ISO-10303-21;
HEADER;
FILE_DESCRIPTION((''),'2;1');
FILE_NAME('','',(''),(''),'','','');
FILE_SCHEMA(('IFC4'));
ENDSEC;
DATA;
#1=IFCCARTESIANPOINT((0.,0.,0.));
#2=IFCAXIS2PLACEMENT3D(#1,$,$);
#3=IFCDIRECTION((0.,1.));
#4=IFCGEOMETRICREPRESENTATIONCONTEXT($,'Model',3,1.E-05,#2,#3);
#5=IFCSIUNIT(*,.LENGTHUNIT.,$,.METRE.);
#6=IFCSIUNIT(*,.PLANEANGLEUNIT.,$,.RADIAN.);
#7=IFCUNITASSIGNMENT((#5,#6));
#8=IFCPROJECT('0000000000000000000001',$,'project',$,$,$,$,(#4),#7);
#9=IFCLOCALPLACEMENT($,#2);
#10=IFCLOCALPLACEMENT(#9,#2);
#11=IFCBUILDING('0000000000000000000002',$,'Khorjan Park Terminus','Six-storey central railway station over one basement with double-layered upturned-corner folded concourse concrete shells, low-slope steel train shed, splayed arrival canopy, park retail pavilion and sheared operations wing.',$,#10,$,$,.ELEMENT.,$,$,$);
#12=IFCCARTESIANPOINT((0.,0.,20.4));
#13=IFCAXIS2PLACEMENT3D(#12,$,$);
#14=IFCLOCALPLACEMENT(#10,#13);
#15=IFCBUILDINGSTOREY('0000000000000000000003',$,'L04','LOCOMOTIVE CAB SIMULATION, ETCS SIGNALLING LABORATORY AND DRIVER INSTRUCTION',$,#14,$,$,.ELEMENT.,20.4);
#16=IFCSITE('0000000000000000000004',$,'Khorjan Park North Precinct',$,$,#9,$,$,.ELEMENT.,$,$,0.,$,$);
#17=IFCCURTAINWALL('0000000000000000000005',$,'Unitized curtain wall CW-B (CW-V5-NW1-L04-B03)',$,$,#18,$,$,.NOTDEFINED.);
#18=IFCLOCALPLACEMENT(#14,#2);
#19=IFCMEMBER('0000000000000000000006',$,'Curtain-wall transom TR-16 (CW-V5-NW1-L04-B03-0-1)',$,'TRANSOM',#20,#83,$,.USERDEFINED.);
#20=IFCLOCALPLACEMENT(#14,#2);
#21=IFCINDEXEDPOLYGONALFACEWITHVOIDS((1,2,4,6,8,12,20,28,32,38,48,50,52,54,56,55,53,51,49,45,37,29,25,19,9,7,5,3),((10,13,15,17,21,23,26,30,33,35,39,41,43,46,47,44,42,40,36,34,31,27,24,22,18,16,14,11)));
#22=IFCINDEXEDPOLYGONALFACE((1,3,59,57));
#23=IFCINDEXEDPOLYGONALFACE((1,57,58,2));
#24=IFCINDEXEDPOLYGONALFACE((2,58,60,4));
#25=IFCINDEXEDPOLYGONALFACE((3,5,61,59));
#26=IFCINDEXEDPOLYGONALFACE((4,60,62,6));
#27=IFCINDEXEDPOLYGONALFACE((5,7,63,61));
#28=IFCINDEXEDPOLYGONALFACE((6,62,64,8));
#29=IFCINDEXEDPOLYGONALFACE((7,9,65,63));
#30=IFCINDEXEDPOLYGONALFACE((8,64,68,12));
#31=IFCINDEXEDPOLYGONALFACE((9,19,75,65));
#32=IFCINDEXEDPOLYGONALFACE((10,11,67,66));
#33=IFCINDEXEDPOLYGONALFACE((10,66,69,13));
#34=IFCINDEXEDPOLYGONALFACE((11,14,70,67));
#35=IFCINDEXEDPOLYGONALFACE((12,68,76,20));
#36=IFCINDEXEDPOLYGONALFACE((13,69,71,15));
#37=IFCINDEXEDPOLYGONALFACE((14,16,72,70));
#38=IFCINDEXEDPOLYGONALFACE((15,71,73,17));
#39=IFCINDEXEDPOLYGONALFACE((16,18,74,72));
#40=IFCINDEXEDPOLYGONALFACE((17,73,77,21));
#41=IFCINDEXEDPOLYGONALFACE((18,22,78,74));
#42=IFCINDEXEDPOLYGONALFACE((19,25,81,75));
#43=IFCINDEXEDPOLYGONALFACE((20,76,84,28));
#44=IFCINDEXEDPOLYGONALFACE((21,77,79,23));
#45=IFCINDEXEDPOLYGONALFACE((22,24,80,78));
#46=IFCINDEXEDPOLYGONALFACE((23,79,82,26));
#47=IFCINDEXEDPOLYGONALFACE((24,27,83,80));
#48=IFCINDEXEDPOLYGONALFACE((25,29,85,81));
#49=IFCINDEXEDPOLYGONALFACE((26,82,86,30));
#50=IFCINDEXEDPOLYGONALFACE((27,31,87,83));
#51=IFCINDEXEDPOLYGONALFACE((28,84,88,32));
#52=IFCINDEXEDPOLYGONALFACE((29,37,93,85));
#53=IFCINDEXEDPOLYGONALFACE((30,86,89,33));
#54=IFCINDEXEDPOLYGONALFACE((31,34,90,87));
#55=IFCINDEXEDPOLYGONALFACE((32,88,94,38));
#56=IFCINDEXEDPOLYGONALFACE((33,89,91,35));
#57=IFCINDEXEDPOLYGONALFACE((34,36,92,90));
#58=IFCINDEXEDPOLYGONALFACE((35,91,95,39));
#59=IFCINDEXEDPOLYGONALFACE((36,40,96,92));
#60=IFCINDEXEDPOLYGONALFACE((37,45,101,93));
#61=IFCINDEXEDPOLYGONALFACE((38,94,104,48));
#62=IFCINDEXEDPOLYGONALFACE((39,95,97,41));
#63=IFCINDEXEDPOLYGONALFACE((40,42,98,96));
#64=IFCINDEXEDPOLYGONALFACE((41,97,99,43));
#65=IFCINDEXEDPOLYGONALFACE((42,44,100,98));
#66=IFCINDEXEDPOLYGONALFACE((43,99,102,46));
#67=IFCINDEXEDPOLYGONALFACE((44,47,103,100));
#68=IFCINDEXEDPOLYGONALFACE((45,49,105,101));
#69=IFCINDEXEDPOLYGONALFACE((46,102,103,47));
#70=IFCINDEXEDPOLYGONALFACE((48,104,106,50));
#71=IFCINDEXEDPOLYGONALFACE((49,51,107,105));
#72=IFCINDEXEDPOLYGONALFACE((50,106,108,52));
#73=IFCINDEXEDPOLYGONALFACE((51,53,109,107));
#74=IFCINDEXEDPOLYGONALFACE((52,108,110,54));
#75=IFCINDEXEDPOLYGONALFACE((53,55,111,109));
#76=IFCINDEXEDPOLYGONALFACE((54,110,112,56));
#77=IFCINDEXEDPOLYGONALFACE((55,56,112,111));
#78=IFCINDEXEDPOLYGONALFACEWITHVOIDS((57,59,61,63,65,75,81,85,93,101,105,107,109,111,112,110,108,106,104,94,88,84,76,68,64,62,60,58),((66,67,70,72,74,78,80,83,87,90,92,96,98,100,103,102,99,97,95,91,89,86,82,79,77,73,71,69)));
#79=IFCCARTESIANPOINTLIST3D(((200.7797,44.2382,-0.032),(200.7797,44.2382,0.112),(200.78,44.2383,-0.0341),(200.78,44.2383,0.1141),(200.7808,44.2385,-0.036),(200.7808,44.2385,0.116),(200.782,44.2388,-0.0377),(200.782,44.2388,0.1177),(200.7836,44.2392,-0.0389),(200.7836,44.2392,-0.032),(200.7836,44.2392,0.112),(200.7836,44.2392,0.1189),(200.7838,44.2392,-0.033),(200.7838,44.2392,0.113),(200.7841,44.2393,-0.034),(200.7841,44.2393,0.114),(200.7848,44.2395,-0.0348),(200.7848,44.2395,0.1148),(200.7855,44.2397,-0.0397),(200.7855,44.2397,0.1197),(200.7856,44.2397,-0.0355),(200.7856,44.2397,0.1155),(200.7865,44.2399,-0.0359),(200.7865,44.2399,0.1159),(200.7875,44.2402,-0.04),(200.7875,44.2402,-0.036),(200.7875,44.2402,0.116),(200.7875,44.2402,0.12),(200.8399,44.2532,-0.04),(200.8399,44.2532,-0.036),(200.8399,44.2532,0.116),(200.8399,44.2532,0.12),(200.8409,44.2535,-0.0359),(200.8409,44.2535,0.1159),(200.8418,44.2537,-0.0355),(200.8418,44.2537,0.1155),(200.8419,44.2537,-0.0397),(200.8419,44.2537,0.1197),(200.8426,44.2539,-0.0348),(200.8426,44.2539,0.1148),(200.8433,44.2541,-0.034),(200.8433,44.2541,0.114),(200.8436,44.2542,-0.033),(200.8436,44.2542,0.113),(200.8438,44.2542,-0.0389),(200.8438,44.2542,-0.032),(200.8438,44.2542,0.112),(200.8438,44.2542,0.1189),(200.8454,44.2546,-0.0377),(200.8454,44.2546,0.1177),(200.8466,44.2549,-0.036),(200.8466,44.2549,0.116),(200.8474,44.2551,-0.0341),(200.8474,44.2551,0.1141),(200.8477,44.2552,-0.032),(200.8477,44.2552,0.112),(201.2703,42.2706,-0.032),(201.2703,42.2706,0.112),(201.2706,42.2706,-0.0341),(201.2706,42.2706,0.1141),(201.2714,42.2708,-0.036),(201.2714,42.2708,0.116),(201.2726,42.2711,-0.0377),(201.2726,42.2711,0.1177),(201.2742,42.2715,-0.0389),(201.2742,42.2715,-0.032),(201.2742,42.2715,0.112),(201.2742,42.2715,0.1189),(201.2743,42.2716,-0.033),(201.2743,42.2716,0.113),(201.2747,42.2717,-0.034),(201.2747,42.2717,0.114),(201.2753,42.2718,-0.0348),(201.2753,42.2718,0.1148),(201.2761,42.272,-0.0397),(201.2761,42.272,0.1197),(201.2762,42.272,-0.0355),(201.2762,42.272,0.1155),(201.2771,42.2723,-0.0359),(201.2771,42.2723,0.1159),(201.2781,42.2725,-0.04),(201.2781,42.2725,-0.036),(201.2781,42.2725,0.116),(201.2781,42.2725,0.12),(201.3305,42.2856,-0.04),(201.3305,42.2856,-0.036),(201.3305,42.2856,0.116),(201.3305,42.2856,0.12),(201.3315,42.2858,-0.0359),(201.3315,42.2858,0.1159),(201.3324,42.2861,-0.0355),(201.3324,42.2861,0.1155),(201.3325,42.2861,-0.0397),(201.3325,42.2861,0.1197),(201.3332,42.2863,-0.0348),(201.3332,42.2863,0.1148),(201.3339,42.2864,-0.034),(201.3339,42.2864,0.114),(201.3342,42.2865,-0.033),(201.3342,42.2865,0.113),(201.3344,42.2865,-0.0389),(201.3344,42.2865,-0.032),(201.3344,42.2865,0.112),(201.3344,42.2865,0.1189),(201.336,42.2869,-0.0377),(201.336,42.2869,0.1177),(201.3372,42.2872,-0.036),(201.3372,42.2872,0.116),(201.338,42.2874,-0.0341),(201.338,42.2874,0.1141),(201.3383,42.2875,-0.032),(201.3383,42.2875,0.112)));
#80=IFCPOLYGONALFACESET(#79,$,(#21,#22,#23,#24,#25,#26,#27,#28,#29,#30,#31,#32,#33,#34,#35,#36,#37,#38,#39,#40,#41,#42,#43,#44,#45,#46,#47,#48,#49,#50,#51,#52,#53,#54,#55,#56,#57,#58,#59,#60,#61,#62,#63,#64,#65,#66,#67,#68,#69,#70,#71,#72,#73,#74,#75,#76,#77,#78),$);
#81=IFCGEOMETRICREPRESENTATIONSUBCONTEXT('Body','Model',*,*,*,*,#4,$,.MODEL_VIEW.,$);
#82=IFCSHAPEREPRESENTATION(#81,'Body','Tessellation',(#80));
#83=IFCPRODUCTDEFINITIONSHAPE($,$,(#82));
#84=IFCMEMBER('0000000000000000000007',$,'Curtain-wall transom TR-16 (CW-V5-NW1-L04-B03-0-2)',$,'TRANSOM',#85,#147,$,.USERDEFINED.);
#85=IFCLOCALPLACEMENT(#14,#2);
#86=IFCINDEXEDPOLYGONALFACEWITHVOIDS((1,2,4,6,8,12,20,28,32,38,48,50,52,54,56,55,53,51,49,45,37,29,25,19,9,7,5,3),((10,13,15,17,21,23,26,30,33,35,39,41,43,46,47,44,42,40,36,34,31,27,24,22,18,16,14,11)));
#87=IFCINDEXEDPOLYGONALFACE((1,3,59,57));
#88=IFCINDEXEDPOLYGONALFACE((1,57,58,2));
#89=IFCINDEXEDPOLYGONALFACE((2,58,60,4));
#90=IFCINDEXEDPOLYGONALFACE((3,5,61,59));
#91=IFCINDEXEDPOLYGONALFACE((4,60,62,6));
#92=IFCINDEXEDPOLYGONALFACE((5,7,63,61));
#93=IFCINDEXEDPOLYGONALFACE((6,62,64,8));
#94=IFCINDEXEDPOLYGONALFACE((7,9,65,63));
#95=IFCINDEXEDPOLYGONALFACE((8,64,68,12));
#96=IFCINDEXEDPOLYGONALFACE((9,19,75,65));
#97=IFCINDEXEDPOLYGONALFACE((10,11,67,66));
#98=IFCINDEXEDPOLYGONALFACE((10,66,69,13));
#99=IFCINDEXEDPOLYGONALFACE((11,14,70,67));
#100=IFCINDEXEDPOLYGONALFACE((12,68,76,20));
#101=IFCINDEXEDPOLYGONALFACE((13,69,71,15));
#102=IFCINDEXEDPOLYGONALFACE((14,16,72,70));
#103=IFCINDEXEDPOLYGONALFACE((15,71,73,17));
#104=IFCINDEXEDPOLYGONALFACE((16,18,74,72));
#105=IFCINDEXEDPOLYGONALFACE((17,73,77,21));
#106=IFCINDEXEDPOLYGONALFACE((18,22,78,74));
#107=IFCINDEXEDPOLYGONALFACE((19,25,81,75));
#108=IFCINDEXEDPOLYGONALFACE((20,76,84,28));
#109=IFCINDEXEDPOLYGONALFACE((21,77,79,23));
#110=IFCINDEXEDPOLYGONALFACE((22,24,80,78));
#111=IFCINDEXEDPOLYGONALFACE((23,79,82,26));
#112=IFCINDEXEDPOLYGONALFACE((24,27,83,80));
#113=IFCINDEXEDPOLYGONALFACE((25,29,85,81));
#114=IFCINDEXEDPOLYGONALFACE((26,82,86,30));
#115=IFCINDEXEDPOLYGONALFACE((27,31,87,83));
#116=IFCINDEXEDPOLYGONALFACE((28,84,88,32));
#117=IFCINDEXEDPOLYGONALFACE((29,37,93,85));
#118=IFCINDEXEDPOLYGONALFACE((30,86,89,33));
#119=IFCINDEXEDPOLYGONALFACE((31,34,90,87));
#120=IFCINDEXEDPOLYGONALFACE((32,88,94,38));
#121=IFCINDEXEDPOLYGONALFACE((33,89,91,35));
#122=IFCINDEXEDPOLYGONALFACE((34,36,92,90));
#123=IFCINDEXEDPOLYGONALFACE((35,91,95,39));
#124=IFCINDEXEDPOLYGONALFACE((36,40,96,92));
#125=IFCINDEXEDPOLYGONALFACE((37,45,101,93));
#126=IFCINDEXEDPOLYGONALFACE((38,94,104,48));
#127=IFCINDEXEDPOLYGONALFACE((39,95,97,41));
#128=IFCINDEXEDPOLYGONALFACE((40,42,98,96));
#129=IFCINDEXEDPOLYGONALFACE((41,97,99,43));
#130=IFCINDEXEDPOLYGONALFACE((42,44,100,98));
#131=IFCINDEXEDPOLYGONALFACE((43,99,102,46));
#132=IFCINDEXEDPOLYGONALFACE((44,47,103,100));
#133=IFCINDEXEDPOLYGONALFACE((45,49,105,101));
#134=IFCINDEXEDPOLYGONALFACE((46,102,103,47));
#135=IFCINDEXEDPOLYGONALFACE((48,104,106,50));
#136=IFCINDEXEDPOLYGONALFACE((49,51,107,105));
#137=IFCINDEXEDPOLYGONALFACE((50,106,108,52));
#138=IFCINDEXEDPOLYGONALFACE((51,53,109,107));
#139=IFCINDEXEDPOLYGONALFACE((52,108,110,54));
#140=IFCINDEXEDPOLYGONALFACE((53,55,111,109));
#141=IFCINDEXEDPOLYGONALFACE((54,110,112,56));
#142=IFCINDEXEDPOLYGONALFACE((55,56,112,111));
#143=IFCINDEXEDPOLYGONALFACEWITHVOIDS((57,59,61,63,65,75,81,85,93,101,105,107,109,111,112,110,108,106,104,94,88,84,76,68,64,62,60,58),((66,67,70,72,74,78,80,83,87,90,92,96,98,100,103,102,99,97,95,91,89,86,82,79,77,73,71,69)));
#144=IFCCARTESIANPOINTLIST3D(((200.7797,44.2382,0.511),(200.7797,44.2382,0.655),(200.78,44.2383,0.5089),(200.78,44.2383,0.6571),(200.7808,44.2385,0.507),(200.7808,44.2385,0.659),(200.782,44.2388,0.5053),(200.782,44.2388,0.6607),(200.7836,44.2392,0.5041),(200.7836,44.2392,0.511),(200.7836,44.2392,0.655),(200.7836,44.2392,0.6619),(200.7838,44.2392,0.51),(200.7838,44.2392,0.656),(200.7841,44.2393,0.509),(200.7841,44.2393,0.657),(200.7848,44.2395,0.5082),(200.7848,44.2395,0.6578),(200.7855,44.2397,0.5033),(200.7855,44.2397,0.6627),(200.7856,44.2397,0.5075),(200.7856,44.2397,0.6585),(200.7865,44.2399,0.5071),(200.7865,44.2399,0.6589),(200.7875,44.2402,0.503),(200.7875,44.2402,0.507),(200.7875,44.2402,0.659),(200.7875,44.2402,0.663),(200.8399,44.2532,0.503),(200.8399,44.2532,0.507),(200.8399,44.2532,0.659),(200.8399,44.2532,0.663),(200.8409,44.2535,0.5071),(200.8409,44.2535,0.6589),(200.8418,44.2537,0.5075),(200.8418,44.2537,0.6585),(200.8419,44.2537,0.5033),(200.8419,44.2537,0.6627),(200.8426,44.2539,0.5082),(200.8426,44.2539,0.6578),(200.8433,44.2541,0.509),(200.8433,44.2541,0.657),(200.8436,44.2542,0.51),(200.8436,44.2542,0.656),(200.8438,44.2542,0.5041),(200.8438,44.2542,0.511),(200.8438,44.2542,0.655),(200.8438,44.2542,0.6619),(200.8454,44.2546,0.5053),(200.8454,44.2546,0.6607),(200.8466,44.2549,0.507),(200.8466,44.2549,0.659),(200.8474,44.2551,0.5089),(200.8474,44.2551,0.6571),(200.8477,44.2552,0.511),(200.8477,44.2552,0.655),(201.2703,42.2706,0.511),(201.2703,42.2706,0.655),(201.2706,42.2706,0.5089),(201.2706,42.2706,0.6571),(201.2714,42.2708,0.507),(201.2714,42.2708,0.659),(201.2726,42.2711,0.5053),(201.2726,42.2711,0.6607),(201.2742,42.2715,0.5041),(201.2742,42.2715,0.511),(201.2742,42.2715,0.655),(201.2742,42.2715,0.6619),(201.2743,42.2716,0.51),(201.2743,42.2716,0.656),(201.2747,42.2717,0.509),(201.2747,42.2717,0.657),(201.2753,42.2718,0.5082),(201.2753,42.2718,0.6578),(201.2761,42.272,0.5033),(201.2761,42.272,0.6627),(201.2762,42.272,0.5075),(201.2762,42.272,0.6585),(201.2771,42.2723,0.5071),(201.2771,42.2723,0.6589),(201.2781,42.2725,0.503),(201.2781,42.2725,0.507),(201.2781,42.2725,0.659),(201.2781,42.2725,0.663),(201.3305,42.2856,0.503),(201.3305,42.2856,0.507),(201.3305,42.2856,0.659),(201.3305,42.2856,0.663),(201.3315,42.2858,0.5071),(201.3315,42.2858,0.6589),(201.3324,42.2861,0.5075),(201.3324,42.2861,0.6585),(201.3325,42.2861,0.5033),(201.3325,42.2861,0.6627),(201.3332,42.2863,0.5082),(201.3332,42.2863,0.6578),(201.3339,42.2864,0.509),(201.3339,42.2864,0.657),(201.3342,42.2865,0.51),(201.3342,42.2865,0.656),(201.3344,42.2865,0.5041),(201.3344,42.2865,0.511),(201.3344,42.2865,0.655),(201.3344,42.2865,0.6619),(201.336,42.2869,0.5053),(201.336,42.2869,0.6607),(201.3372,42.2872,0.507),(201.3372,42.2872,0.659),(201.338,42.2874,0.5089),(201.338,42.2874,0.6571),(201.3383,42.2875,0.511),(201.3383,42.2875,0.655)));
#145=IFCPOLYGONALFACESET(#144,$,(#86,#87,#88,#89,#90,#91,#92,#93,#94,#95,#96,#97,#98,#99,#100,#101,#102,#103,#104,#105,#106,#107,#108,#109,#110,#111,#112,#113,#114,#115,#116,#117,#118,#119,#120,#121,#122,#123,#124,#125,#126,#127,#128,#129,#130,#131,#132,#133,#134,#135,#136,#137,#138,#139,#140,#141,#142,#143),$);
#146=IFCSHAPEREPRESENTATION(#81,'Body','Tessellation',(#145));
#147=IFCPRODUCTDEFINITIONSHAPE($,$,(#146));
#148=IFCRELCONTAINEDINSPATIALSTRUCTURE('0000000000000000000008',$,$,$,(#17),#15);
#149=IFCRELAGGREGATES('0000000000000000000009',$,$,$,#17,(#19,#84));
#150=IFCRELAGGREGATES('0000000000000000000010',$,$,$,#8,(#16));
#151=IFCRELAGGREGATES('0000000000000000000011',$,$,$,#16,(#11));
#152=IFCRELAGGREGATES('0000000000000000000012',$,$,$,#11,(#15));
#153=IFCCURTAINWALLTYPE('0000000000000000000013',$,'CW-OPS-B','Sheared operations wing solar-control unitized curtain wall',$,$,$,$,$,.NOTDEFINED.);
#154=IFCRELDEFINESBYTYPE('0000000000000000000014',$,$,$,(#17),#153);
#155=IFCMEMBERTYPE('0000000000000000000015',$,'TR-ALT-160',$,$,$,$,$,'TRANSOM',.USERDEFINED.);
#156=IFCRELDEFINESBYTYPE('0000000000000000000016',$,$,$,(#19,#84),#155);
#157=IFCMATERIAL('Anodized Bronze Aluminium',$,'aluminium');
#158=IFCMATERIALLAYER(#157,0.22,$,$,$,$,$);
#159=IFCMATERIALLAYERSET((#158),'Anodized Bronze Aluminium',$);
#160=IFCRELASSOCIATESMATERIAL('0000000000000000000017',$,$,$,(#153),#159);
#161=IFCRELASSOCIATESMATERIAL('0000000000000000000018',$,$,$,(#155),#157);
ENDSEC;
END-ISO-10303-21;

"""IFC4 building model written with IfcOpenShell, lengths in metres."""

from ifc_helpers import new_model, si_unit, direction, frame, origin, origin_2d, place, context, subcontext, project, spatial, hollow_rectangle, extrude, material, layer, layer_set, material_profile, profile_set, type_object, element, aggregate, save


model = new_model("IFC4")

# Units and contexts
model_context = context("Model", 3, precision=1e-05, world=origin(), true_north=direction((0.0, 1.0)))
body_context = subcontext(model_context, "Body", "Model", "MODEL_VIEW")
ifc_project = project(units=[si_unit("LENGTHUNIT", "METRE"), si_unit("PLANEANGLEUNIT", "RADIAN")], contexts=[model_context])

# Site, building, storey
site_placement = place(None, origin())
site = spatial("IfcSite", under=ifc_project, at=site_placement, Name="Khorjan Park North Precinct", CompositionType="ELEMENT", RefElevation=0.0)
building_placement = place(site_placement, origin())
building = spatial("IfcBuilding", under=site, at=building_placement, Name="Khorjan Park Terminus", Description="Six-storey central railway station over one basement with double-layered upturned-corner folded concourse concrete shells, low-slope steel train shed, splayed arrival canopy, park retail pavilion and sheared operations wing.", CompositionType="ELEMENT")
storey_placement = place(building_placement, frame((0.0, 0.0, 20.4)))
storey = spatial("IfcBuildingStorey", under=building, at=storey_placement, Name="L04", Description="LOCOMOTIVE CAB SIMULATION, ETCS SIGNALLING LABORATORY AND DRIVER INSTRUCTION", CompositionType="ELEMENT", Elevation=20.4)

# Curtain wall
ifc_material_1 = material(Name="Anodized Bronze Aluminium", Category="aluminium")
ifc_layer_1 = layer(ifc_material_1, 0.22)
ifc_layer_set_1 = layer_set([ifc_layer_1], Name="Anodized Bronze Aluminium")
curtain_wall_type = type_object("IfcCurtainWallType", Name="CW-OPS-B", Description="Sheared operations wing solar-control unitized curtain wall", PredefinedType="NOTDEFINED", material=ifc_layer_set_1)
curtain_wall_1_placement = place(storey_placement, origin())
curtain_wall_1 = element("IfcCurtainWall", 1, at=curtain_wall_1_placement, inside=storey, type_object=curtain_wall_type, Name="Unitized curtain wall CW-B (CW-V5-NW1-L04-B03)", PredefinedType="NOTDEFINED")

# Members
ifc_material_profile_1 = material_profile(ifc_material_1, hollow_rectangle(XDim=0.07, YDim=0.16, WallThickness=0.004, InnerFilletRadius=0.004, OuterFilletRadius=0.008, at=origin_2d()), Name="ALT 70x160x4")
ifc_profile_set_1 = profile_set([ifc_material_profile_1], Name="Anodized Bronze Aluminium")
member_type_1 = type_object("IfcMemberType", Name="TR-ALT-160", ElementType="TRANSOM", PredefinedType="USERDEFINED", material=ifc_profile_set_1)
member_1_placement = place(storey_placement, frame((200.8137, 44.2467, 0.04), z_axis=(0.241921, -0.970296, 0.0), x_axis=(0.970296, 0.241921, 0.0)))
member_1 = element("IfcMember", 2, at=member_1_placement, type_object=member_type_1, Name="Curtain-wall transom TR-16 (CW-V5-NW1-L04-B03-0-1)", ObjectType="TRANSOM", PredefinedType="USERDEFINED", context=body_context, shape_type="SweptSolid", body=[
    extrude(hollow_rectangle(XDim=0.07, YDim=0.16, WallThickness=0.004, InnerFilletRadius=0.004, OuterFilletRadius=0.008, at=origin_2d()), origin(), (0.0, 0.0, 1.0), 2.0279),
])
member_2_placement = place(storey_placement, frame((200.8137, 44.2467, 0.583), z_axis=(0.241921, -0.970296, 0.0), x_axis=(0.970296, 0.241921, 0.0)))
member_2 = element("IfcMember", 3, at=member_2_placement, type_object=member_type_1, Name="Curtain-wall transom TR-16 (CW-V5-NW1-L04-B03-0-2)", ObjectType="TRANSOM", PredefinedType="USERDEFINED", context=body_context, shape_type="SweptSolid", body=[
    extrude(hollow_rectangle(XDim=0.07, YDim=0.16, WallThickness=0.004, InnerFilletRadius=0.004, OuterFilletRadius=0.008, at=origin_2d()), origin(), (0.0, 0.0, 1.0), 2.0279),
])

aggregate(curtain_wall_1, [member_1, member_2])

save(model, "model.ifc")
